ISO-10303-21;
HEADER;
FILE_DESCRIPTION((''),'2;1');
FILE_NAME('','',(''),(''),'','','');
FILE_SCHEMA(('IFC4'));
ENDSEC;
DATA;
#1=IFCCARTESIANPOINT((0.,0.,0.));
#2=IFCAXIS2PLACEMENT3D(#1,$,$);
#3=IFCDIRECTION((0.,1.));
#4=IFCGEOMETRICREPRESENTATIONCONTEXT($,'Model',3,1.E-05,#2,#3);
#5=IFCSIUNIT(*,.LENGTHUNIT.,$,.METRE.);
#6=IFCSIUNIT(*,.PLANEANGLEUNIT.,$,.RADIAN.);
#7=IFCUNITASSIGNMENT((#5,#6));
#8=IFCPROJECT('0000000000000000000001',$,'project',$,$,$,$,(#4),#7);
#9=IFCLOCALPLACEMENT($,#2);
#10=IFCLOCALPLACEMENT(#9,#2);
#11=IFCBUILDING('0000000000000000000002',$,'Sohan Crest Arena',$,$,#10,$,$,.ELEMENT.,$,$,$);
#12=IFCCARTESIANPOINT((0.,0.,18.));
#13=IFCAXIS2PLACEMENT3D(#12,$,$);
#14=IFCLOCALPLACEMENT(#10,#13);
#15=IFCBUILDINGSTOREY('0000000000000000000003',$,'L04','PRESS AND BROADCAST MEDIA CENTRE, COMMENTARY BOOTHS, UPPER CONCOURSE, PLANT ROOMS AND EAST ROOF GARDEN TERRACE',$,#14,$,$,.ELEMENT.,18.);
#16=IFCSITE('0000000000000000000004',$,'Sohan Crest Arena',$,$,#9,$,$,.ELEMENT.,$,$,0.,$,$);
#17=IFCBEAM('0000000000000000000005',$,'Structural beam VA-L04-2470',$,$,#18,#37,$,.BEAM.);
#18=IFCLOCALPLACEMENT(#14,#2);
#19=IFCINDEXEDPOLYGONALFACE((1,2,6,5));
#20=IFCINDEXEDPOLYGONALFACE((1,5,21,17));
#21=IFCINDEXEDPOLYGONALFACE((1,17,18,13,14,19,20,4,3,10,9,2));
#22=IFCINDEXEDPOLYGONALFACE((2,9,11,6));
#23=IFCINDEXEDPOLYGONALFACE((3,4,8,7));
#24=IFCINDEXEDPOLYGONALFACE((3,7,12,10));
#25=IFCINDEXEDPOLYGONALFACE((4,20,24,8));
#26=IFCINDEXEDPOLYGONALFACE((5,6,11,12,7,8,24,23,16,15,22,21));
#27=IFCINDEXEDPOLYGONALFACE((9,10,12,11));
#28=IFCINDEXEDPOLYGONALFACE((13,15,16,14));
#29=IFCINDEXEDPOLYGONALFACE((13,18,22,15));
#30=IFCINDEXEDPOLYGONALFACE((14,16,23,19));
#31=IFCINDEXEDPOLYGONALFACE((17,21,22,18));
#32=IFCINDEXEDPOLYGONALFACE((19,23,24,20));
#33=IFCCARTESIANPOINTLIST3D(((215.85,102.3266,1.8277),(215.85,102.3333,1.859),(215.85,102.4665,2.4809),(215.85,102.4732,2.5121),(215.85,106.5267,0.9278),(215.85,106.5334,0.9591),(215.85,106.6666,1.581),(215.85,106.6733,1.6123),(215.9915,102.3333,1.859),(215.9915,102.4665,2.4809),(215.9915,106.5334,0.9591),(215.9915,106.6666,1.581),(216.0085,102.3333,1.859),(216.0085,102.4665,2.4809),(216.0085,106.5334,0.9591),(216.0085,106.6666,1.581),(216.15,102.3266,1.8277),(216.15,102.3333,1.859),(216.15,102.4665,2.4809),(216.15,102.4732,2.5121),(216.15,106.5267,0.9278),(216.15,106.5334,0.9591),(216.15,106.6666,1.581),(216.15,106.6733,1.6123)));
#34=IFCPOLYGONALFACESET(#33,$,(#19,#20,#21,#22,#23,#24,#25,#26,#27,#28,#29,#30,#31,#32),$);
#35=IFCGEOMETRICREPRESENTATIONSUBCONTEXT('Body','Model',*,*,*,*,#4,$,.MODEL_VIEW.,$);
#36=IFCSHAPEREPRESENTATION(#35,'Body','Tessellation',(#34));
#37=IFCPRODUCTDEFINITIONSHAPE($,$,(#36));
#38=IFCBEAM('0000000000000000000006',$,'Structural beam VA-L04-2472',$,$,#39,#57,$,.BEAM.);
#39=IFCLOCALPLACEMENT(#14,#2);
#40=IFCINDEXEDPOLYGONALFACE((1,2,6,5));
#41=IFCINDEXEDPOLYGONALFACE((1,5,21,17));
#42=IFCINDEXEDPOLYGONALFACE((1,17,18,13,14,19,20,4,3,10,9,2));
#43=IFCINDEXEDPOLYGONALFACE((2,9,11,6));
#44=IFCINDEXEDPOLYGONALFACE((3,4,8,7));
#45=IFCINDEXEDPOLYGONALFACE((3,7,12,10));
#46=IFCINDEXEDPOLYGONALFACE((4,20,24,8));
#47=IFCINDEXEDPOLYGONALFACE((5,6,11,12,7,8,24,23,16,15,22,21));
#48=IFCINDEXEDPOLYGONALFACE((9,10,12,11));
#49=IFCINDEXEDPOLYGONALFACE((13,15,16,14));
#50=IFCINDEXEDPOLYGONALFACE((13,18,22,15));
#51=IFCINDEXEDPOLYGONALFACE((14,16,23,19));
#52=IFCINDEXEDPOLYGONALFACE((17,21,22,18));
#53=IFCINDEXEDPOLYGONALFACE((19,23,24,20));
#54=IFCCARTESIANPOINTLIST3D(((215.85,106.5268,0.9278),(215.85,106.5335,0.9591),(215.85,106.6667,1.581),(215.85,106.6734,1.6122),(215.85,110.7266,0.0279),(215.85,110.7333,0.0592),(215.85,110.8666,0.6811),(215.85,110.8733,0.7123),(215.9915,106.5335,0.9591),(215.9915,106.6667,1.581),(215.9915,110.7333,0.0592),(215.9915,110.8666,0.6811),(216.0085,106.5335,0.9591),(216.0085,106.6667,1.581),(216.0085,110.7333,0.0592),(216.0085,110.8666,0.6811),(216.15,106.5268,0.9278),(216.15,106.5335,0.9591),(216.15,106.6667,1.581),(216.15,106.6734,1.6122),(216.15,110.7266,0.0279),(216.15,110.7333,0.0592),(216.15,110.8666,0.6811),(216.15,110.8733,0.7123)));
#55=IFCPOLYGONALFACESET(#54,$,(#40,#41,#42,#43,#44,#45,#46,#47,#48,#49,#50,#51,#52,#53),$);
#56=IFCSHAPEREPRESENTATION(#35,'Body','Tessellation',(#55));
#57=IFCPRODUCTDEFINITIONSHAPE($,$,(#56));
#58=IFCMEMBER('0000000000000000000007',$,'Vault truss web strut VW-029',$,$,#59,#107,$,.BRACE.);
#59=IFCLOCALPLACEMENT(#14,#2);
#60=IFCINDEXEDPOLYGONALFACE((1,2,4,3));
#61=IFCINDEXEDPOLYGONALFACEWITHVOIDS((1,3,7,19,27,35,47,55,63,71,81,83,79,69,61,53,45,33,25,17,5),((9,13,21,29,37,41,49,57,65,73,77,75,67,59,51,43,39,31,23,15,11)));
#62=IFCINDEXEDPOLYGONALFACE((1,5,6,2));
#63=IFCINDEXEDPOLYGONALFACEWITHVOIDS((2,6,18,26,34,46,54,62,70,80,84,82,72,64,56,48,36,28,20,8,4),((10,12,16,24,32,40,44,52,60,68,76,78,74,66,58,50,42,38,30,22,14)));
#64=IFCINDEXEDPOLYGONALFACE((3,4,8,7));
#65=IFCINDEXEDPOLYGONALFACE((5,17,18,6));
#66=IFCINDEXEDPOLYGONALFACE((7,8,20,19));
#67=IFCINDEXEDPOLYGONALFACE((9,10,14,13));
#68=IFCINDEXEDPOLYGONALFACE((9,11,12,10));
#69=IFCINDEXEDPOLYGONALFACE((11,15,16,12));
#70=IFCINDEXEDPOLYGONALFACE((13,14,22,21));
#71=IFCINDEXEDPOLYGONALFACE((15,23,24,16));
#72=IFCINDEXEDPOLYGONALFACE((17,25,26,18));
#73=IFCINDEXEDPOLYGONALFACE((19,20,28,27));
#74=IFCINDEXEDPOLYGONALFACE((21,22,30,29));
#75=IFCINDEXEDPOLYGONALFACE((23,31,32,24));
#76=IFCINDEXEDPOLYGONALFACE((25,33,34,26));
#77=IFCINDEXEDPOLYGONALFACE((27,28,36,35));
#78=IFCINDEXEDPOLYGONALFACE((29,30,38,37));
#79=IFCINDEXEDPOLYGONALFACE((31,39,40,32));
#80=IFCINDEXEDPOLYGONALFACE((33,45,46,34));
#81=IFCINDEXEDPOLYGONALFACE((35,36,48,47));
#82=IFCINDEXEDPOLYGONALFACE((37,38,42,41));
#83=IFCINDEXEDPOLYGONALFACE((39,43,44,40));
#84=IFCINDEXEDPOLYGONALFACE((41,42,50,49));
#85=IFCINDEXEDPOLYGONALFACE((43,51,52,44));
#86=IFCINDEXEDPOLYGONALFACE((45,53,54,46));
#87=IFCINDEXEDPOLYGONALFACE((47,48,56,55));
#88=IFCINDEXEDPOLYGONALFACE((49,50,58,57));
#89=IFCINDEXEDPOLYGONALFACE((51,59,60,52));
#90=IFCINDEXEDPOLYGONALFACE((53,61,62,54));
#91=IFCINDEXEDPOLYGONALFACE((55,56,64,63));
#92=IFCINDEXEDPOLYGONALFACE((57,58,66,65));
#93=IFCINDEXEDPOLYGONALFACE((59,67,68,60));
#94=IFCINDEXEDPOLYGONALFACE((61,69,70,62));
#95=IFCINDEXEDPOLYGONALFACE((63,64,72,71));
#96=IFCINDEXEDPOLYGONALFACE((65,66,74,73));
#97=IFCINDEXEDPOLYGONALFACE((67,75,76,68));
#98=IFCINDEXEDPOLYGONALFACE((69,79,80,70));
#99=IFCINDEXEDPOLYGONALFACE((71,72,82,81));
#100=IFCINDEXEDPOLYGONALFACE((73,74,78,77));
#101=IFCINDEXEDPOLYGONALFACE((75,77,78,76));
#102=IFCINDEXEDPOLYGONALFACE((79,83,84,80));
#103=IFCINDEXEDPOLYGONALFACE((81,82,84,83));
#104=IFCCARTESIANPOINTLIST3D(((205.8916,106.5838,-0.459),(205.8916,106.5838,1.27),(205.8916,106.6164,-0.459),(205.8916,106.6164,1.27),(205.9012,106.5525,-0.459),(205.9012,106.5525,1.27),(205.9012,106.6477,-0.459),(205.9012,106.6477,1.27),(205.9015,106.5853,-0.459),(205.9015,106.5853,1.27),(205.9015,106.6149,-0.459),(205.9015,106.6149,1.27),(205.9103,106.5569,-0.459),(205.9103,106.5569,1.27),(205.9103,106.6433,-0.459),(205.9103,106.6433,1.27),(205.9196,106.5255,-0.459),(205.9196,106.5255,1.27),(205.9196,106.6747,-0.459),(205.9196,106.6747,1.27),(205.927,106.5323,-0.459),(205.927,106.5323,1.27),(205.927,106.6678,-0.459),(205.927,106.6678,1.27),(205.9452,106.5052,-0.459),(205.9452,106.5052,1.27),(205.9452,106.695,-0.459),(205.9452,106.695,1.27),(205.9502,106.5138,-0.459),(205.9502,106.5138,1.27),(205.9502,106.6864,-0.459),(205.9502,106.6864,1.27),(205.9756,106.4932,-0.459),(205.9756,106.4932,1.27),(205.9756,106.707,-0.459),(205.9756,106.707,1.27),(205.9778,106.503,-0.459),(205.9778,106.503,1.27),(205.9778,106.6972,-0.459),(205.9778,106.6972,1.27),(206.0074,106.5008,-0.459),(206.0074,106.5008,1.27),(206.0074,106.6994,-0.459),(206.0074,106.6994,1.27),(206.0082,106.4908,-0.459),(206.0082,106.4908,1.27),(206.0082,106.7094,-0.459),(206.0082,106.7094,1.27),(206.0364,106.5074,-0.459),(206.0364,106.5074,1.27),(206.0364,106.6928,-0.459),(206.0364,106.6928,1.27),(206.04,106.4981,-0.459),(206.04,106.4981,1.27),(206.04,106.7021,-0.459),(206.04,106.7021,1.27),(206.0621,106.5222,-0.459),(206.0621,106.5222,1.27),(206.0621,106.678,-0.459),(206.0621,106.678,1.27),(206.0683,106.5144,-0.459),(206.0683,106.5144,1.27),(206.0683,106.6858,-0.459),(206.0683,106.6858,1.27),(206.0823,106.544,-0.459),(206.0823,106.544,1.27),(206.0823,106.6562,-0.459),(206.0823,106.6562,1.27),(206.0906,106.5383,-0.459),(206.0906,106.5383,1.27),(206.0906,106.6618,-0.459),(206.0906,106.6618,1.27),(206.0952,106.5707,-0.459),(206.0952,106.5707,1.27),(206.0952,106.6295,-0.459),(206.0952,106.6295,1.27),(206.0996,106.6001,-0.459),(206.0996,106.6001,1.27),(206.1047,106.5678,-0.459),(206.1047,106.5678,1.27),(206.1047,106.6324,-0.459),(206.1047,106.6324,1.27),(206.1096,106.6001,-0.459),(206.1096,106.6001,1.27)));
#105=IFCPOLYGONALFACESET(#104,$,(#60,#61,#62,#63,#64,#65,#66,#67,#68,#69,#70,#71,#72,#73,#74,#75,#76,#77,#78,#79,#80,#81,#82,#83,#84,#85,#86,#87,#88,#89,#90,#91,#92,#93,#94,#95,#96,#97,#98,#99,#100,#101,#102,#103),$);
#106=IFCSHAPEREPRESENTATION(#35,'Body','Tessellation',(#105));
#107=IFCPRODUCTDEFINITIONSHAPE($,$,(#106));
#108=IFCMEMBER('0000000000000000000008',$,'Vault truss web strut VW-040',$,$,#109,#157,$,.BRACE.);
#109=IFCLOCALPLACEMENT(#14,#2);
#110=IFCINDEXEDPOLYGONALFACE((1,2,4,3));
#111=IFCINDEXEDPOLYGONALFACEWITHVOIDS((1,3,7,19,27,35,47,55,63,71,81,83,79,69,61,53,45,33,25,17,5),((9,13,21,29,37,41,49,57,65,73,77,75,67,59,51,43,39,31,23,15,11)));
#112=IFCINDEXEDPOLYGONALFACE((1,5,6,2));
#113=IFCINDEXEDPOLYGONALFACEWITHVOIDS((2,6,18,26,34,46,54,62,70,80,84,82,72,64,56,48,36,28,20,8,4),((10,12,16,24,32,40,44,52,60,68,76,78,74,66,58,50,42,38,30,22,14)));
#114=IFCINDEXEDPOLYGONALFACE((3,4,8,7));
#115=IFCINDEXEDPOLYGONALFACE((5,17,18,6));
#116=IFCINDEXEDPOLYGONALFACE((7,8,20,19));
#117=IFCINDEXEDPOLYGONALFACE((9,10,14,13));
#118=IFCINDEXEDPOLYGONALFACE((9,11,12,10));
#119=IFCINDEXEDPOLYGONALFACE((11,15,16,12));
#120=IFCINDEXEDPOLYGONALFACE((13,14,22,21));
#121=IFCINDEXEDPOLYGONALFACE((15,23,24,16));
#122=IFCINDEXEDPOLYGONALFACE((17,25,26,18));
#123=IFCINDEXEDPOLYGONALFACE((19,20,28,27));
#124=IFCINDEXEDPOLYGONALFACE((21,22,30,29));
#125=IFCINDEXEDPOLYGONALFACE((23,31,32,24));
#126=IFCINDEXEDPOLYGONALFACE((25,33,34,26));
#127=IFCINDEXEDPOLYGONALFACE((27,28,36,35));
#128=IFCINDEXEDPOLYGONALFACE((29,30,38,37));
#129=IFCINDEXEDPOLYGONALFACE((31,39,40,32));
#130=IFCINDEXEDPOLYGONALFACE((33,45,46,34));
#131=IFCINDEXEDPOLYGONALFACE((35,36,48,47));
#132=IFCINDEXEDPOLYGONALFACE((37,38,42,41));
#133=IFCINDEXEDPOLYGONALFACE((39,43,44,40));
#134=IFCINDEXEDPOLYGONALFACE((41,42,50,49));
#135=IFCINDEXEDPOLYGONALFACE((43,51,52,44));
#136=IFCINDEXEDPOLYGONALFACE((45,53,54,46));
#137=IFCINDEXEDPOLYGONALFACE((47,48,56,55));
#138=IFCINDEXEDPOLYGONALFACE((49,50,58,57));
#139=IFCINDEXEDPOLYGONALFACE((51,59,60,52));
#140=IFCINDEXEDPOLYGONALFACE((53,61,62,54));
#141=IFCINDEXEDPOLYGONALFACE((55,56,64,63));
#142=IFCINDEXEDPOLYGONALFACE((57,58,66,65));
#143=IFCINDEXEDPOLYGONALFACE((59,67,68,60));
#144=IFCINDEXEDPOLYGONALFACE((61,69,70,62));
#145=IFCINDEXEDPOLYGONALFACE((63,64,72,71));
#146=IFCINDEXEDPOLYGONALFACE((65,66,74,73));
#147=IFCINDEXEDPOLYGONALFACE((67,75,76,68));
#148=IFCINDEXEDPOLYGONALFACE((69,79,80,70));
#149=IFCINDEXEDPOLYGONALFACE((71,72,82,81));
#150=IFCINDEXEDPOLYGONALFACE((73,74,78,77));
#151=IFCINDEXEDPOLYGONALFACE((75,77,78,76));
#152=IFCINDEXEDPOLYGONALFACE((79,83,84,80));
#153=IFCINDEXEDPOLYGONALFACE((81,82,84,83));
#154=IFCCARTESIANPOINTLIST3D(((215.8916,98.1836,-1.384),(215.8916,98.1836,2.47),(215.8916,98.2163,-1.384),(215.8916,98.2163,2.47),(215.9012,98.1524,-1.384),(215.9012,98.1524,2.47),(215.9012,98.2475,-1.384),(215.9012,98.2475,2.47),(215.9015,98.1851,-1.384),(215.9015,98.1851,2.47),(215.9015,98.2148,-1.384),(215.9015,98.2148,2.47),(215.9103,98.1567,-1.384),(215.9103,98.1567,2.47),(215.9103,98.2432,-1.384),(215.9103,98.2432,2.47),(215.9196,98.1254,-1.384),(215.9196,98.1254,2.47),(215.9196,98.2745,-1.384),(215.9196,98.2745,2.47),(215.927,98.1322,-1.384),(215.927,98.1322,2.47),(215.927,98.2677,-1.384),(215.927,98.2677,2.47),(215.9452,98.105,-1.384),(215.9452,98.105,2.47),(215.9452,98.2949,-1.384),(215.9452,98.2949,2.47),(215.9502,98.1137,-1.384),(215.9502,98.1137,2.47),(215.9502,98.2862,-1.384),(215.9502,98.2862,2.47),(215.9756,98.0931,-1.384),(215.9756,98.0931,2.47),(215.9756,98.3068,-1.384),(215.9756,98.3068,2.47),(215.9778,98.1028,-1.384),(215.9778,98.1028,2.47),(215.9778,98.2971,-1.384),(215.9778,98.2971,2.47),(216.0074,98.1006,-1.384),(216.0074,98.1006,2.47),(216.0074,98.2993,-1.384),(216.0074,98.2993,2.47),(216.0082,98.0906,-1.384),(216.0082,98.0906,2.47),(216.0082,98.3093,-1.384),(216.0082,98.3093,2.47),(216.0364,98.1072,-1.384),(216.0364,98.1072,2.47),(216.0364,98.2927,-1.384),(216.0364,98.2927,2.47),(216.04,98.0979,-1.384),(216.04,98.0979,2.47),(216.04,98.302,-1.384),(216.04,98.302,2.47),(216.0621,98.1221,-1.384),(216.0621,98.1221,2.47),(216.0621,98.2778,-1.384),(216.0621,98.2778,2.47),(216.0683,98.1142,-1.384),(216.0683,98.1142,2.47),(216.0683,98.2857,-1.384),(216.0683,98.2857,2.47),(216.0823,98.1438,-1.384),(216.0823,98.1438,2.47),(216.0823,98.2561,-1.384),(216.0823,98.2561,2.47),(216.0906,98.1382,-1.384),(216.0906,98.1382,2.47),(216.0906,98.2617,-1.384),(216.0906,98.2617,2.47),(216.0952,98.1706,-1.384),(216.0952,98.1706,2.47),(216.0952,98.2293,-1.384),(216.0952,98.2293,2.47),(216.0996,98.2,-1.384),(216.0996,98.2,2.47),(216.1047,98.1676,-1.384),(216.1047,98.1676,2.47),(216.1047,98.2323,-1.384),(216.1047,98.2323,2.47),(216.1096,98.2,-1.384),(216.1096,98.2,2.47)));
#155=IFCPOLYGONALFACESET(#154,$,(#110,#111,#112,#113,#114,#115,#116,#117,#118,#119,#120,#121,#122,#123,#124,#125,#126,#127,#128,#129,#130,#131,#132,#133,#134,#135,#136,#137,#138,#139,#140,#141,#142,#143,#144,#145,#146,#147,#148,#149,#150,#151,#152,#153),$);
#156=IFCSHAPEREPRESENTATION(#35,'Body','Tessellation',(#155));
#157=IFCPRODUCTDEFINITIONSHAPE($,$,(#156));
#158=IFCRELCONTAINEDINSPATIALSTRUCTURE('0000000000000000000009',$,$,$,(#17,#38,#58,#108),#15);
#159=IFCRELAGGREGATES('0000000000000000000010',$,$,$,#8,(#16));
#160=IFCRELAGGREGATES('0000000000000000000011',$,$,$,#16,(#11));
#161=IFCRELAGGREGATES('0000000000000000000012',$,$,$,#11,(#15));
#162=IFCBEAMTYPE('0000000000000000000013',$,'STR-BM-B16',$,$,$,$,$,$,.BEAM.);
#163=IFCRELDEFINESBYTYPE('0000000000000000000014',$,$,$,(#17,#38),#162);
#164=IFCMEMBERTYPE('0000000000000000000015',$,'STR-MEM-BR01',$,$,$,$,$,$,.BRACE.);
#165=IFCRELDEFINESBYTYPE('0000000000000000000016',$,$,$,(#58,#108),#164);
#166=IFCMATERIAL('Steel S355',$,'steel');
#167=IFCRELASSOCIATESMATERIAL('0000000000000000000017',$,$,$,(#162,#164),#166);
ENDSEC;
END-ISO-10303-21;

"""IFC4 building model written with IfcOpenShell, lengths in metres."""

from ifc_helpers import new_model, si_unit, direction, frame, origin, origin_2d, place, context, subcontext, project, spatial, hollow_circle, i_section, extrude, material, material_profile, profile_set, type_object, element, save


model = new_model("IFC4")

# Units and contexts
model_context = context("Model", 3, precision=1e-05, world=origin(), true_north=direction((0.0, 1.0)))
body_context = subcontext(model_context, "Body", "Model", "MODEL_VIEW")
ifc_project = project(units=[si_unit("LENGTHUNIT", "METRE"), si_unit("PLANEANGLEUNIT", "RADIAN")], contexts=[model_context])

# Site, building, storey
site_placement = place(None, origin())
site = spatial("IfcSite", under=ifc_project, at=site_placement, Name="Sohan Crest Arena", CompositionType="ELEMENT", RefElevation=0.0)
building_placement = place(site_placement, origin())
building = spatial("IfcBuilding", under=site, at=building_placement, Name="Sohan Crest Arena", CompositionType="ELEMENT")
storey_placement = place(building_placement, frame((0.0, 0.0, 18.0)))
storey = spatial("IfcBuildingStorey", under=building, at=storey_placement, Name="L04", Description="PRESS AND BROADCAST MEDIA CENTRE, COMMENTARY BOOTHS, UPPER CONCOURSE, PLANT ROOMS AND EAST ROOF GARDEN TERRACE", CompositionType="ELEMENT", Elevation=18.0)

# Beams
ifc_material = material(Name="Steel S355", Category="steel")
ifc_material_profile_1 = material_profile(ifc_material, i_section(OverallWidth=0.3, OverallDepth=0.7, WebThickness=0.0171, FlangeThickness=0.032, at=origin_2d()), Name="HEB 700")
ifc_profile_set_1 = profile_set([ifc_material_profile_1], Name="Steel S355")
beam_type_1 = type_object("IfcBeamType", Name="STR-BM-B16", PredefinedType="BEAM", material=ifc_profile_set_1)
beam_1_placement = place(storey_placement, frame((216.0, 102.3999, 2.1699), z_axis=(0.0, 0.977809, -0.209498), x_axis=(-1.0, 0.0, 0.0)))
element("IfcBeam", 1, at=beam_1_placement, inside=storey, type_object=beam_type_1, Name="Structural beam VA-L04-2470", PredefinedType="BEAM", context=body_context, shape_type="SweptSolid", body=[
    extrude(i_section(OverallWidth=0.3, OverallDepth=0.7, WebThickness=0.0171, FlangeThickness=0.032, at=origin_2d()), origin(), (0.0, 0.0, 1.0), 4.2954),
])
beam_2_placement = place(storey_placement, frame((216.0, 106.6001, 1.27), z_axis=(0.0, 0.977807, -0.20951), x_axis=(-1.0, 0.0, 0.0)))
element("IfcBeam", 2, at=beam_2_placement, inside=storey, type_object=beam_type_1, Name="Structural beam VA-L04-2472", PredefinedType="BEAM", context=body_context, shape_type="SweptSolid", body=[
    extrude(i_section(OverallWidth=0.3, OverallDepth=0.7, WebThickness=0.0171, FlangeThickness=0.032, at=origin_2d()), origin(), (0.0, 0.0, 1.0), 4.2952),
])

# Members
ifc_material_profile_2 = material_profile(ifc_material, hollow_circle(Radius=0.1096, WallThickness=0.01, at=origin_2d()), Name="CHS 219.1x10")
ifc_profile_set_2 = profile_set([ifc_material_profile_2], Name="Steel S355")
member_type_1 = type_object("IfcMemberType", Name="STR-MEM-BR01", PredefinedType="BRACE", material=ifc_profile_set_2)
member_1_placement = place(storey_placement, frame((206.0, 106.6001, -0.459), z_axis=(0.0, 0.0, 1.0), x_axis=(1.0, 0.0, 0.0)))
element("IfcMember", 3, at=member_1_placement, inside=storey, type_object=member_type_1, Name="Vault truss web strut VW-029", PredefinedType="BRACE", context=body_context, shape_type="SweptSolid", body=[
    extrude(hollow_circle(Radius=0.1096, WallThickness=0.01, at=origin_2d()), origin(), (0.0, 0.0, 1.0), 1.729),
])
member_2_placement = place(storey_placement, frame((216.0, 98.2, -1.384), z_axis=(0.0, 0.0, 1.0), x_axis=(1.0, 0.0, 0.0)))
element("IfcMember", 4, at=member_2_placement, inside=storey, type_object=member_type_1, Name="Vault truss web strut VW-040", PredefinedType="BRACE", context=body_context, shape_type="SweptSolid", body=[
    extrude(hollow_circle(Radius=0.1096, WallThickness=0.01, at=origin_2d()), origin(), (0.0, 0.0, 1.0), 3.854),
])

save(model, "model.ifc")
